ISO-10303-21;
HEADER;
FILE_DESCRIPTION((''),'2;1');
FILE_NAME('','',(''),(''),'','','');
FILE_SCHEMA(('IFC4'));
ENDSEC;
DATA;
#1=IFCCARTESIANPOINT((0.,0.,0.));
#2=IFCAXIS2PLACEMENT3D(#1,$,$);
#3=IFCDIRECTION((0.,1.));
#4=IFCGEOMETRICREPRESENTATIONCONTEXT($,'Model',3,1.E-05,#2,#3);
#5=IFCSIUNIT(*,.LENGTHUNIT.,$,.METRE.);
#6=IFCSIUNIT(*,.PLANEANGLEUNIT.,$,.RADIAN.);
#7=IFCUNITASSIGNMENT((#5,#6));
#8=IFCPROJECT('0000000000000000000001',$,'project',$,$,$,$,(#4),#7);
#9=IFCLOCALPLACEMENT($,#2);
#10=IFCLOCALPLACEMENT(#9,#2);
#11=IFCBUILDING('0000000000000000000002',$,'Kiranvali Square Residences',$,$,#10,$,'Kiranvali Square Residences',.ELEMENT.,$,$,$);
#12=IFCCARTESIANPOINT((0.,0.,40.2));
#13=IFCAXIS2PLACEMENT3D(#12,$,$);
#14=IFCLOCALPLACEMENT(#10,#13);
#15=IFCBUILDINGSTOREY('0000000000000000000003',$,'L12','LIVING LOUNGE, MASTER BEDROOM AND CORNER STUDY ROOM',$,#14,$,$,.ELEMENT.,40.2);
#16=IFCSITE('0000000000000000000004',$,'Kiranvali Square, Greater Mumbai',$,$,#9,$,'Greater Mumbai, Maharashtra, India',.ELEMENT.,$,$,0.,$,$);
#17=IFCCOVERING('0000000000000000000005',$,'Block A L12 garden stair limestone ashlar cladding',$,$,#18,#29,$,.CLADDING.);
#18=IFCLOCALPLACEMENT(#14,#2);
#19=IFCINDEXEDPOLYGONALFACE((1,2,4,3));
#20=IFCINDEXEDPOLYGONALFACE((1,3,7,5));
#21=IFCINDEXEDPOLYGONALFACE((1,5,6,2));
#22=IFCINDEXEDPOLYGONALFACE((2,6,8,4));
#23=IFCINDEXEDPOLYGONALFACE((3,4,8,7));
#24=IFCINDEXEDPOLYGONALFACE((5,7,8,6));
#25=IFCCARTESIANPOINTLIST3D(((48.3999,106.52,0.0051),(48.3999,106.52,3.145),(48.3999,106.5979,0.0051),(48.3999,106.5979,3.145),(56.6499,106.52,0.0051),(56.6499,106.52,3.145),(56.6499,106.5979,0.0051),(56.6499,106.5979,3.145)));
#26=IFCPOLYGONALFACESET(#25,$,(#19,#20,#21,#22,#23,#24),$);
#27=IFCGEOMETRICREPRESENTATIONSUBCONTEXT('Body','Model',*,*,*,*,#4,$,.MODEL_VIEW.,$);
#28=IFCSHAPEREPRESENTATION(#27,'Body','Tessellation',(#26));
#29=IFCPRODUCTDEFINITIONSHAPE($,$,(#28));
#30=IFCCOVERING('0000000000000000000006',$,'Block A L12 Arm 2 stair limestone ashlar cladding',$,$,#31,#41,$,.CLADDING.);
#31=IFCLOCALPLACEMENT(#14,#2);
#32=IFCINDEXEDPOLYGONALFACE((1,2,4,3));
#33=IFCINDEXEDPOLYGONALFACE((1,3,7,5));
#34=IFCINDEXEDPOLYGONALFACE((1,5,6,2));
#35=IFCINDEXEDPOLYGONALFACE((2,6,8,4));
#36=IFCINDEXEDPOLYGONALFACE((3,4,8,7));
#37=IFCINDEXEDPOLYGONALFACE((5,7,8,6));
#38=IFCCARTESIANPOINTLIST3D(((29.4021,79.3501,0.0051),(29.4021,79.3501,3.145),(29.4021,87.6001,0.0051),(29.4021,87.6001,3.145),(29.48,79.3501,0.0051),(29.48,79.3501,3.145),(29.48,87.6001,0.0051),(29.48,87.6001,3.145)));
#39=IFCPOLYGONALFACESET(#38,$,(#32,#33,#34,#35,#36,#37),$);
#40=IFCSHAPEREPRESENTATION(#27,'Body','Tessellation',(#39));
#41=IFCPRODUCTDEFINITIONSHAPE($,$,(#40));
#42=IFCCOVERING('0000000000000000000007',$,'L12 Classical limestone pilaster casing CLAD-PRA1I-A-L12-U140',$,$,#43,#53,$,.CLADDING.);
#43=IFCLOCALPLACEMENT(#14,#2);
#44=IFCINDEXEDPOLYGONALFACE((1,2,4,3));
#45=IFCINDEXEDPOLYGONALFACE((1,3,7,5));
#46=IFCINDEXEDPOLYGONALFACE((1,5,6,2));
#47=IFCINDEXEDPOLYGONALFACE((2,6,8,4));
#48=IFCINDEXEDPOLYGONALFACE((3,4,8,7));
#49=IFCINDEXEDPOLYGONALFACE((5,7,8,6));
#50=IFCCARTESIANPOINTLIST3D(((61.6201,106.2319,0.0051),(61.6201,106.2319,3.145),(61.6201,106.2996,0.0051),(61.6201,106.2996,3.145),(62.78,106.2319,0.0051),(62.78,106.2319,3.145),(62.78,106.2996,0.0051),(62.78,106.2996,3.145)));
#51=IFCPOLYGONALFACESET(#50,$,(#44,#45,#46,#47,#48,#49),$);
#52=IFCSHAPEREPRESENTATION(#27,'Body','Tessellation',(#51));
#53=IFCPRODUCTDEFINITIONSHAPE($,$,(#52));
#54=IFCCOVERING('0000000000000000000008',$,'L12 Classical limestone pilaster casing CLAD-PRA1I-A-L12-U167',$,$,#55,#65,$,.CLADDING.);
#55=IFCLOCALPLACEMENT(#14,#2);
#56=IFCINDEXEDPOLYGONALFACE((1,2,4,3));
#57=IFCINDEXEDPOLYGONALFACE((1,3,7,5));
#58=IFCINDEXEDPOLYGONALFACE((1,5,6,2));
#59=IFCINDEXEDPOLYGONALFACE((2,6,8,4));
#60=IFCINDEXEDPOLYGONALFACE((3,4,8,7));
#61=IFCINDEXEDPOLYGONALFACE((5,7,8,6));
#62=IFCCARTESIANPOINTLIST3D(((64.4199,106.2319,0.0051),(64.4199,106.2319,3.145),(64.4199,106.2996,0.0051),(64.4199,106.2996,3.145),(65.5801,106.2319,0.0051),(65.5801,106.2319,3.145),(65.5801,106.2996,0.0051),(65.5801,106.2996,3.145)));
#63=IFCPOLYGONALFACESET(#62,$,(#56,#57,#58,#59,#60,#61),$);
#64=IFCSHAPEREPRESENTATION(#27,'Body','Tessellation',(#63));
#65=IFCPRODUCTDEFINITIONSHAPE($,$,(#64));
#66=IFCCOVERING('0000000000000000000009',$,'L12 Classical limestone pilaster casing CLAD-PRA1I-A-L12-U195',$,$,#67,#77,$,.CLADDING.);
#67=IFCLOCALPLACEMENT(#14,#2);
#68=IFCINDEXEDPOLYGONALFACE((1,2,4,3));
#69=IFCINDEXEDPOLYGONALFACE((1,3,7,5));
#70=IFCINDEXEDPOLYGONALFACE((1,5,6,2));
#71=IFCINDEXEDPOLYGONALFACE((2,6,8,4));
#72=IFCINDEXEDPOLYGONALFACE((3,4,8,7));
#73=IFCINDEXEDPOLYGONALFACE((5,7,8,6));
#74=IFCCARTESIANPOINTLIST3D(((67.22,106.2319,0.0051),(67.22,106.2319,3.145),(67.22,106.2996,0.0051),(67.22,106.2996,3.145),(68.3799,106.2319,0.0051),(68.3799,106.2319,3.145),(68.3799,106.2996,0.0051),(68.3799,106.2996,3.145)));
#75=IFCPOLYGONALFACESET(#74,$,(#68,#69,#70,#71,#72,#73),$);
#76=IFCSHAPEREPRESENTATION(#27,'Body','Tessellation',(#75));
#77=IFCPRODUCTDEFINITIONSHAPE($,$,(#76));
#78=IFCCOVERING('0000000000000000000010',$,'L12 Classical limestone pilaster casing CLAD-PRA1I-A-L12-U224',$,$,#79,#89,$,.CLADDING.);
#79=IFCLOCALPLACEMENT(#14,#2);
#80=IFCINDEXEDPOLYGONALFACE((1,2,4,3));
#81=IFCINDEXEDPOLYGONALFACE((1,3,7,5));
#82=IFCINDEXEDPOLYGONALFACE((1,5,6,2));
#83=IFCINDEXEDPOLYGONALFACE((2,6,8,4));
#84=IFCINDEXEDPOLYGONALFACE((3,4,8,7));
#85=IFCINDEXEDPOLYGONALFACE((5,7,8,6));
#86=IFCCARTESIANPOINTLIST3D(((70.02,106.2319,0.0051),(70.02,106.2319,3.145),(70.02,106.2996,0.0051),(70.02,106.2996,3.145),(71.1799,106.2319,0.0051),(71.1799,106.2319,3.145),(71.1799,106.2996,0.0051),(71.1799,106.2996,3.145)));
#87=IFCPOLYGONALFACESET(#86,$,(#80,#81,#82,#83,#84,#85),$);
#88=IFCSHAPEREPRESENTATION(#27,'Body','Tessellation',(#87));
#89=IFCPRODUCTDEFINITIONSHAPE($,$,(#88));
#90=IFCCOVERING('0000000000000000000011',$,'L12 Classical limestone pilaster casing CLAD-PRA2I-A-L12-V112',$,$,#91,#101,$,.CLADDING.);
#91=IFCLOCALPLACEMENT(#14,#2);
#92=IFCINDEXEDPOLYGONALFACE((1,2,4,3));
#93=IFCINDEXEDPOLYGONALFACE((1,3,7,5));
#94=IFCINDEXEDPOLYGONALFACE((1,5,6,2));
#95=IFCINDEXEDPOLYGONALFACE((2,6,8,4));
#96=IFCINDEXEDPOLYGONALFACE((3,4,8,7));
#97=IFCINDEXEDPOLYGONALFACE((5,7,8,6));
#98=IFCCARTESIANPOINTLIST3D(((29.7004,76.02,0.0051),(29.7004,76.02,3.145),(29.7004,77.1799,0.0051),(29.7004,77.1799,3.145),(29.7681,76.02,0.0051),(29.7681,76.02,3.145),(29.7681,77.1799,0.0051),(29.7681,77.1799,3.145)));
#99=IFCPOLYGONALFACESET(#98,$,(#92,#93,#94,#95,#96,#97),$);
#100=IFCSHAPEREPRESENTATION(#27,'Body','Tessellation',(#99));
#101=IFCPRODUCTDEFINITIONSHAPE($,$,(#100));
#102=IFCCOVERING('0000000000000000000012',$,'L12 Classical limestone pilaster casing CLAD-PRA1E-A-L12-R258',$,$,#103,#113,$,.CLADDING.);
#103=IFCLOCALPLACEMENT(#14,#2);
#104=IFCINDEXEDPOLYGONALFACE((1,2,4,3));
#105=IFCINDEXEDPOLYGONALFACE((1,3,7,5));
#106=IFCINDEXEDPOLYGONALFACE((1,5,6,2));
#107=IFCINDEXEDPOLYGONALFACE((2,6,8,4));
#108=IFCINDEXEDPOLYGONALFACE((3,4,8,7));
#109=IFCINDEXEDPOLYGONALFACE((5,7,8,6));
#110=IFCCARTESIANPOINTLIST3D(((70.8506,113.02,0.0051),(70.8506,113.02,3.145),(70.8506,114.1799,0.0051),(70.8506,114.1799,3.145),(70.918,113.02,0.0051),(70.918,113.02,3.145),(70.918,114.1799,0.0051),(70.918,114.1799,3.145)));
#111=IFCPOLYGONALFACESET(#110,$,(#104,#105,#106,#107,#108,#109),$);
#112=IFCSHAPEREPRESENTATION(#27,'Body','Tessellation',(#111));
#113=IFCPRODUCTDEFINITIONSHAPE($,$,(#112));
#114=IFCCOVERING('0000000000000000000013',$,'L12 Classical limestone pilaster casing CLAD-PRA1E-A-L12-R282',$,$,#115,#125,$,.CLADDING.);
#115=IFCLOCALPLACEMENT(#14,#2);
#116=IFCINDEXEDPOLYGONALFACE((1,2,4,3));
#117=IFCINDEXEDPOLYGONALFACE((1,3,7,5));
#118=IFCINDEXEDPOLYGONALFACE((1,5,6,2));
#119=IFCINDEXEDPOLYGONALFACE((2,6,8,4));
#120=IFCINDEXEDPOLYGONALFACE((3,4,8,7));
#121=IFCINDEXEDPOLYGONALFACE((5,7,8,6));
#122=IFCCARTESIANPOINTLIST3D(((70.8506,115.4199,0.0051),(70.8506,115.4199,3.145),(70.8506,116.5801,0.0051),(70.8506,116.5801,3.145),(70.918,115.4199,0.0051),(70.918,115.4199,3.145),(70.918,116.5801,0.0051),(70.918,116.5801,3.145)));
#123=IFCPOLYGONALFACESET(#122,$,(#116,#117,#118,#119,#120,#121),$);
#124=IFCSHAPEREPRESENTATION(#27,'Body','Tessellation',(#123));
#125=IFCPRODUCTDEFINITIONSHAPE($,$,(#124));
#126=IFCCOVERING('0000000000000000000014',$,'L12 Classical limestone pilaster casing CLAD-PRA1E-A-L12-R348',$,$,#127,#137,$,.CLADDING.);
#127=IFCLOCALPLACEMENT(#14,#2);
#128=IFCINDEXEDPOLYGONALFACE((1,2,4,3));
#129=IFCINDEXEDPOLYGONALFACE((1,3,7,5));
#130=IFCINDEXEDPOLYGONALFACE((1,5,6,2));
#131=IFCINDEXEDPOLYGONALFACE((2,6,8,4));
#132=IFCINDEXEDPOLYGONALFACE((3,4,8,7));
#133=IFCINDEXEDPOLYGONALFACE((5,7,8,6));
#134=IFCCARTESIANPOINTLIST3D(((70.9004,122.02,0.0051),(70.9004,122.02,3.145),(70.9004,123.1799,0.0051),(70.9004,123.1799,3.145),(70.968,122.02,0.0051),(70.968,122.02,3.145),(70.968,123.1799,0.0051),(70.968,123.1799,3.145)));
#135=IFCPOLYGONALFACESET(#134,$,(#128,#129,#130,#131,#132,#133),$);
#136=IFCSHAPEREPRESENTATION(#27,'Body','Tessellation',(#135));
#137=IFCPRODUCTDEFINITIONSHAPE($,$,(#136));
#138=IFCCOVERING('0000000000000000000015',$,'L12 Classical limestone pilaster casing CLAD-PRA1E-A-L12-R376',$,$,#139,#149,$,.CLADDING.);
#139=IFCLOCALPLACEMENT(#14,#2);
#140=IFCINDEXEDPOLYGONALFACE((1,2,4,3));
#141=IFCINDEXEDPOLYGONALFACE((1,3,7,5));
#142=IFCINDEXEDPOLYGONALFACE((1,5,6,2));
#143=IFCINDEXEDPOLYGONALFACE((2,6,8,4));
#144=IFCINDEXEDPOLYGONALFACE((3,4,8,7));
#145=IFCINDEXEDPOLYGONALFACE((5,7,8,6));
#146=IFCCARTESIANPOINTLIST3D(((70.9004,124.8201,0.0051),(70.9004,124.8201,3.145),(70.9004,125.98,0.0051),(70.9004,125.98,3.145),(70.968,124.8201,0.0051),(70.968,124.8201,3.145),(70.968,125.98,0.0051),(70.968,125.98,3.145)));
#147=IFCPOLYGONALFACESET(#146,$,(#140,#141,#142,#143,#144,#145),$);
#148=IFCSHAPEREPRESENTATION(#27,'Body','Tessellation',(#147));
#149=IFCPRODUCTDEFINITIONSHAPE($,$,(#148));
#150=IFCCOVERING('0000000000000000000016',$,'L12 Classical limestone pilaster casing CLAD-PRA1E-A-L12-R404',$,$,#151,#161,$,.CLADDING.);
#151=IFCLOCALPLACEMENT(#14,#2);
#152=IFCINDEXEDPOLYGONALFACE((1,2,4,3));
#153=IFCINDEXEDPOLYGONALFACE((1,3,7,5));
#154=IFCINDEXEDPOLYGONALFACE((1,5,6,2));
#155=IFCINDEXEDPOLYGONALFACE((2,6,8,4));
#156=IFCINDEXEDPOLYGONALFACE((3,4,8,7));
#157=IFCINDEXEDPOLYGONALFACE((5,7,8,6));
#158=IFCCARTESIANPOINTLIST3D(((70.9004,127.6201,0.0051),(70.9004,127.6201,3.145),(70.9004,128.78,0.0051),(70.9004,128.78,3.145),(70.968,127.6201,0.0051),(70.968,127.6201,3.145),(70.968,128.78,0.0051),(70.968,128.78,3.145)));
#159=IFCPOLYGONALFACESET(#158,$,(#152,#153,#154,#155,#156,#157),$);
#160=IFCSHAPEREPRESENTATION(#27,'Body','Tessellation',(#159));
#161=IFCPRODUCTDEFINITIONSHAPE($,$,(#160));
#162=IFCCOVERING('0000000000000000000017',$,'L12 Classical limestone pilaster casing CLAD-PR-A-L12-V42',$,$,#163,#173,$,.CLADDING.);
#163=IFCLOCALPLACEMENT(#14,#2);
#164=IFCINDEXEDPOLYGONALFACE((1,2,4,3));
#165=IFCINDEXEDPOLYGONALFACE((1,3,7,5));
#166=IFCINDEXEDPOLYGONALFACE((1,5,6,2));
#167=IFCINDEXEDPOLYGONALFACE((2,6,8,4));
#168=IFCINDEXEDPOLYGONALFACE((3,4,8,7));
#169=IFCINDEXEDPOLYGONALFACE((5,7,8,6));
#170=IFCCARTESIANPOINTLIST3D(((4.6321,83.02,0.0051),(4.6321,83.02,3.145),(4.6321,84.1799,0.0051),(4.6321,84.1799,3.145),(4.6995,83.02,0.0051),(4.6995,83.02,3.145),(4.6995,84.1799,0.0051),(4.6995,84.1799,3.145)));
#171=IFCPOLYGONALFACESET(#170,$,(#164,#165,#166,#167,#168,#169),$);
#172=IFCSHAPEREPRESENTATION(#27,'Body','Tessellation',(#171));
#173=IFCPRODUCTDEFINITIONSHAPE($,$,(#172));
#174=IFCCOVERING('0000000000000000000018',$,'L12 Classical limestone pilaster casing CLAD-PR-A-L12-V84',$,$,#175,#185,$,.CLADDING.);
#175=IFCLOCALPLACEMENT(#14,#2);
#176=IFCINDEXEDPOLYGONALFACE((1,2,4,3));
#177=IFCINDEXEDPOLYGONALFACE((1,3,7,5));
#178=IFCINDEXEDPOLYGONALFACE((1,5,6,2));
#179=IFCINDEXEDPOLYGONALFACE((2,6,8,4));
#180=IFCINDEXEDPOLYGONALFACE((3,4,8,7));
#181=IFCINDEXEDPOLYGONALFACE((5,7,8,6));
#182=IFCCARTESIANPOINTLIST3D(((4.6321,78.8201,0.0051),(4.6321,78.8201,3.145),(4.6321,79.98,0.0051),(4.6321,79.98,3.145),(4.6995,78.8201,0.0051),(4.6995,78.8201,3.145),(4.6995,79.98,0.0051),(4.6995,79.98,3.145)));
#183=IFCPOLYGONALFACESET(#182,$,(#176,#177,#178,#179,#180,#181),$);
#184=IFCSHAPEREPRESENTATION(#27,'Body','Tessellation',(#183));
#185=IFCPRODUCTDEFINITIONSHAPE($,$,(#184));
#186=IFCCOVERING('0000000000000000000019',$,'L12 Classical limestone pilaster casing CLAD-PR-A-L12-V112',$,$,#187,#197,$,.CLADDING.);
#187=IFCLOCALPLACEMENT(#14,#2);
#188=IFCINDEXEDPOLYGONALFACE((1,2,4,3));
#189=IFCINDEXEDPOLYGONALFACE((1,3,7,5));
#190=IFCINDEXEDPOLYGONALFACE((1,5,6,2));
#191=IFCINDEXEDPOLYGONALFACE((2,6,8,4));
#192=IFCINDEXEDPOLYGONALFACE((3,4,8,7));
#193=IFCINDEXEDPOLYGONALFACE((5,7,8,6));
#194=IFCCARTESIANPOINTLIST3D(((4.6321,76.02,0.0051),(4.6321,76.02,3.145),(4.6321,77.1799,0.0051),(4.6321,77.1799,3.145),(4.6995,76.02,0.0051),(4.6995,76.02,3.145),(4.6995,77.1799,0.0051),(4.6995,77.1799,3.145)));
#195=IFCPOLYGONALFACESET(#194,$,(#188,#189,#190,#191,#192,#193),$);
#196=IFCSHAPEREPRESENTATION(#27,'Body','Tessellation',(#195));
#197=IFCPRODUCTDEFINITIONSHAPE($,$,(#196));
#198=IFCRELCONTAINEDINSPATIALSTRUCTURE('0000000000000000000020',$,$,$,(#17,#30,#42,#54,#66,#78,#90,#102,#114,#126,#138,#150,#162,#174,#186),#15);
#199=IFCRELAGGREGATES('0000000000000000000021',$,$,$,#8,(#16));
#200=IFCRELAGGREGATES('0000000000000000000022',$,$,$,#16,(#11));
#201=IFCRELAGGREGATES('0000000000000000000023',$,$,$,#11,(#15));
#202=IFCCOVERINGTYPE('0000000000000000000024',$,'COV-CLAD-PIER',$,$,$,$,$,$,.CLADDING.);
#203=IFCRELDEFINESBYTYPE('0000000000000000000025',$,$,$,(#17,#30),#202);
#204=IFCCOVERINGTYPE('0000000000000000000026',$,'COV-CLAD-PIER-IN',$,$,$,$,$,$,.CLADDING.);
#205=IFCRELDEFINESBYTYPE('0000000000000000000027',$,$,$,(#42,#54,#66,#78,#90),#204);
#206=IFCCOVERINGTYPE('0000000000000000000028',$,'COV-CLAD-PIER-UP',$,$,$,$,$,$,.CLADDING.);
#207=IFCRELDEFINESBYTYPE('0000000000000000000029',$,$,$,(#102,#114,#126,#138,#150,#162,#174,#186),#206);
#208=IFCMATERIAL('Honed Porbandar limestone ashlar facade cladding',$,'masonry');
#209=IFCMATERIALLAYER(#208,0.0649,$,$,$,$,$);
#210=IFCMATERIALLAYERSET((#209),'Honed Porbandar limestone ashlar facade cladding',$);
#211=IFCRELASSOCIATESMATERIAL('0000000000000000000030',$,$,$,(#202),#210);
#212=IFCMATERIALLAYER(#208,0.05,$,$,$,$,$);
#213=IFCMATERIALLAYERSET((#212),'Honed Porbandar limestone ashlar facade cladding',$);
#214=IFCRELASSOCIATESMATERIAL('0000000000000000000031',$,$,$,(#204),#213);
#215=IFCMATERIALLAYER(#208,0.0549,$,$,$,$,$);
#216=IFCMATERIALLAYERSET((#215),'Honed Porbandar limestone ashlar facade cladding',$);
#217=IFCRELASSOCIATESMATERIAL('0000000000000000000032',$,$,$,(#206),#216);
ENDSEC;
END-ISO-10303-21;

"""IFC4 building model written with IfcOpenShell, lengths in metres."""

from ifc_helpers import new_model, si_unit, direction, frame, origin, place, context, subcontext, project, spatial, polyline, outline, extrude, material, layer, layer_set, type_object, element, save


model = new_model("IFC4")

# Units and contexts
model_context = context("Model", 3, precision=1e-05, world=origin(), true_north=direction((0.0, 1.0)))
body_context = subcontext(model_context, "Body", "Model", "MODEL_VIEW")
ifc_project = project(units=[si_unit("LENGTHUNIT", "METRE"), si_unit("PLANEANGLEUNIT", "RADIAN")], contexts=[model_context])

# Site, building, storey
site_placement = place(None, origin())
site = spatial("IfcSite", under=ifc_project, at=site_placement, Name="Kiranvali Square, Greater Mumbai", LongName="Greater Mumbai, Maharashtra, India", CompositionType="ELEMENT", RefElevation=0.0)
building_placement = place(site_placement, origin())
building = spatial("IfcBuilding", under=site, at=building_placement, Name="Kiranvali Square Residences", LongName="Kiranvali Square Residences", CompositionType="ELEMENT")
storey_placement = place(building_placement, frame((0.0, 0.0, 40.2)))
storey = spatial("IfcBuildingStorey", under=building, at=storey_placement, Name="L12", Description="LIVING LOUNGE, MASTER BEDROOM AND CORNER STUDY ROOM", CompositionType="ELEMENT", Elevation=40.2)

# Coverings
ifc_material = material(Name="Honed Porbandar limestone ashlar facade cladding", Category="masonry")
ifc_layer_1 = layer(ifc_material, 0.0649)
ifc_layer_set_1 = layer_set([ifc_layer_1], Name="Honed Porbandar limestone ashlar facade cladding")
covering_type_1 = type_object("IfcCoveringType", Name="COV-CLAD-PIER", PredefinedType="CLADDING", material=ifc_layer_set_1)
covering_1_placement = place(storey_placement, frame((0.0, 0.0, 0.0051)))
element("IfcCovering", 1, at=covering_1_placement, inside=storey, type_object=covering_type_1, Name="Block A L12 garden stair limestone ashlar cladding", PredefinedType="CLADDING", context=body_context, shape_type="SweptSolid", body=[
    extrude(outline(polyline([(48.3999, 106.52), (56.6499, 106.52), (56.6499, 106.5979), (48.3999, 106.5979), (48.3999, 106.52)])), origin(), (0.0, 0.0, 1.0), 3.1399),
])
covering_2_placement = place(storey_placement, frame((0.0, 0.0, 0.0051)))
element("IfcCovering", 2, at=covering_2_placement, inside=storey, type_object=covering_type_1, Name="Block A L12 Arm 2 stair limestone ashlar cladding", PredefinedType="CLADDING", context=body_context, shape_type="SweptSolid", body=[
    extrude(outline(polyline([(29.4021, 87.6001), (29.4021, 79.3501), (29.48, 79.3501), (29.48, 87.6001), (29.4021, 87.6001)])), origin(), (0.0, 0.0, 1.0), 3.1399),
])
ifc_layer_2 = layer(ifc_material, 0.05)
ifc_layer_set_2 = layer_set([ifc_layer_2], Name="Honed Porbandar limestone ashlar facade cladding")
covering_type_2 = type_object("IfcCoveringType", Name="COV-CLAD-PIER-IN", PredefinedType="CLADDING", material=ifc_layer_set_2)
covering_3_placement = place(storey_placement, frame((0.0, 0.0, 0.0051)))
element("IfcCovering", 3, at=covering_3_placement, inside=storey, type_object=covering_type_2, Name="L12 Classical limestone pilaster casing CLAD-PRA1I-A-L12-U140", PredefinedType="CLADDING", context=body_context, shape_type="SweptSolid", body=[
    extrude(outline(polyline([(61.6201, 106.2319), (62.78, 106.2319), (62.78, 106.2996), (61.6201, 106.2996), (61.6201, 106.2319)])), origin(), (0.0, 0.0, 1.0), 3.1399),
])
covering_4_placement = place(storey_placement, frame((0.0, 0.0, 0.0051)))
element("IfcCovering", 4, at=covering_4_placement, inside=storey, type_object=covering_type_2, Name="L12 Classical limestone pilaster casing CLAD-PRA1I-A-L12-U167", PredefinedType="CLADDING", context=body_context, shape_type="SweptSolid", body=[
    extrude(outline(polyline([(64.4199, 106.2319), (65.5801, 106.2319), (65.5801, 106.2996), (64.4199, 106.2996), (64.4199, 106.2319)])), origin(), (0.0, 0.0, 1.0), 3.1399),
])
covering_5_placement = place(storey_placement, frame((0.0, 0.0, 0.0051)))
element("IfcCovering", 5, at=covering_5_placement, inside=storey, type_object=covering_type_2, Name="L12 Classical limestone pilaster casing CLAD-PRA1I-A-L12-U195", PredefinedType="CLADDING", context=body_context, shape_type="SweptSolid", body=[
    extrude(outline(polyline([(67.22, 106.2319), (68.3799, 106.2319), (68.3799, 106.2996), (67.22, 106.2996), (67.22, 106.2319)])), origin(), (0.0, 0.0, 1.0), 3.1399),
])
covering_6_placement = place(storey_placement, frame((0.0, 0.0, 0.0051)))
element("IfcCovering", 6, at=covering_6_placement, inside=storey, type_object=covering_type_2, Name="L12 Classical limestone pilaster casing CLAD-PRA1I-A-L12-U224", PredefinedType="CLADDING", context=body_context, shape_type="SweptSolid", body=[
    extrude(outline(polyline([(70.02, 106.2319), (71.1799, 106.2319), (71.1799, 106.2996), (70.02, 106.2996), (70.02, 106.2319)])), origin(), (0.0, 0.0, 1.0), 3.1399),
])
covering_7_placement = place(storey_placement, frame((0.0, 0.0, 0.0051)))
element("IfcCovering", 7, at=covering_7_placement, inside=storey, type_object=covering_type_2, Name="L12 Classical limestone pilaster casing CLAD-PRA2I-A-L12-V112", PredefinedType="CLADDING", context=body_context, shape_type="SweptSolid", body=[
    extrude(outline(polyline([(29.7004, 77.1799), (29.7004, 76.02), (29.7681, 76.02), (29.7681, 77.1799), (29.7004, 77.1799)])), origin(), (0.0, 0.0, 1.0), 3.1399),
])
ifc_layer_3 = layer(ifc_material, 0.0549)
ifc_layer_set_3 = layer_set([ifc_layer_3], Name="Honed Porbandar limestone ashlar facade cladding")
covering_type_3 = type_object("IfcCoveringType", Name="COV-CLAD-PIER-UP", PredefinedType="CLADDING", material=ifc_layer_set_3)
covering_8_placement = place(storey_placement, frame((0.0, 0.0, 0.0051)))
element("IfcCovering", 8, at=covering_8_placement, inside=storey, type_object=covering_type_3, Name="L12 Classical limestone pilaster casing CLAD-PRA1E-A-L12-R258", PredefinedType="CLADDING", context=body_context, shape_type="SweptSolid", body=[
    extrude(outline(polyline([(70.918, 113.02), (70.918, 114.1799), (70.8506, 114.1799), (70.8506, 113.02), (70.918, 113.02)])), origin(), (0.0, 0.0, 1.0), 3.1399),
])
covering_9_placement = place(storey_placement, frame((0.0, 0.0, 0.0051)))
element("IfcCovering", 9, at=covering_9_placement, inside=storey, type_object=covering_type_3, Name="L12 Classical limestone pilaster casing CLAD-PRA1E-A-L12-R282", PredefinedType="CLADDING", context=body_context, shape_type="SweptSolid", body=[
    extrude(outline(polyline([(70.918, 115.4199), (70.918, 116.5801), (70.8506, 116.5801), (70.8506, 115.4199), (70.918, 115.4199)])), origin(), (0.0, 0.0, 1.0), 3.1399),
])
covering_10_placement = place(storey_placement, frame((0.0, 0.0, 0.0051)))
element("IfcCovering", 10, at=covering_10_placement, inside=storey, type_object=covering_type_3, Name="L12 Classical limestone pilaster casing CLAD-PRA1E-A-L12-R348", PredefinedType="CLADDING", context=body_context, shape_type="SweptSolid", body=[
    extrude(outline(polyline([(70.968, 122.02), (70.968, 123.1799), (70.9004, 123.1799), (70.9004, 122.02), (70.968, 122.02)])), origin(), (0.0, 0.0, 1.0), 3.1399),
])
covering_11_placement = place(storey_placement, frame((0.0, 0.0, 0.0051)))
element("IfcCovering", 11, at=covering_11_placement, inside=storey, type_object=covering_type_3, Name="L12 Classical limestone pilaster casing CLAD-PRA1E-A-L12-R376", PredefinedType="CLADDING", context=body_context, shape_type="SweptSolid", body=[
    extrude(outline(polyline([(70.968, 124.8201), (70.968, 125.98), (70.9004, 125.98), (70.9004, 124.8201), (70.968, 124.8201)])), origin(), (0.0, 0.0, 1.0), 3.1399),
])
covering_12_placement = place(storey_placement, frame((0.0, 0.0, 0.0051)))
element("IfcCovering", 12, at=covering_12_placement, inside=storey, type_object=covering_type_3, Name="L12 Classical limestone pilaster casing CLAD-PRA1E-A-L12-R404", PredefinedType="CLADDING", context=body_context, shape_type="SweptSolid", body=[
    extrude(outline(polyline([(70.968, 127.6201), (70.968, 128.78), (70.9004, 128.78), (70.9004, 127.6201), (70.968, 127.6201)])), origin(), (0.0, 0.0, 1.0), 3.1399),
])
covering_13_placement = place(storey_placement, frame((0.0, 0.0, 0.0051)))
element("IfcCovering", 13, at=covering_13_placement, inside=storey, type_object=covering_type_3, Name="L12 Classical limestone pilaster casing CLAD-PR-A-L12-V42", PredefinedType="CLADDING", context=body_context, shape_type="SweptSolid", body=[
    extrude(outline(polyline([(4.6321, 84.1799), (4.6321, 83.02), (4.6995, 83.02), (4.6995, 84.1799), (4.6321, 84.1799)])), origin(), (0.0, 0.0, 1.0), 3.1399),
])
covering_14_placement = place(storey_placement, frame((0.0, 0.0, 0.0051)))
element("IfcCovering", 14, at=covering_14_placement, inside=storey, type_object=covering_type_3, Name="L12 Classical limestone pilaster casing CLAD-PR-A-L12-V84", PredefinedType="CLADDING", context=body_context, shape_type="SweptSolid", body=[
    extrude(outline(polyline([(4.6321, 79.98), (4.6321, 78.8201), (4.6995, 78.8201), (4.6995, 79.98), (4.6321, 79.98)])), origin(), (0.0, 0.0, 1.0), 3.1399),
])
covering_15_placement = place(storey_placement, frame((0.0, 0.0, 0.0051)))
element("IfcCovering", 15, at=covering_15_placement, inside=storey, type_object=covering_type_3, Name="L12 Classical limestone pilaster casing CLAD-PR-A-L12-V112", PredefinedType="CLADDING", context=body_context, shape_type="SweptSolid", body=[
    extrude(outline(polyline([(4.6321, 77.1799), (4.6321, 76.02), (4.6995, 76.02), (4.6995, 77.1799), (4.6321, 77.1799)])), origin(), (0.0, 0.0, 1.0), 3.1399),
])

save(model, "model.ifc")
